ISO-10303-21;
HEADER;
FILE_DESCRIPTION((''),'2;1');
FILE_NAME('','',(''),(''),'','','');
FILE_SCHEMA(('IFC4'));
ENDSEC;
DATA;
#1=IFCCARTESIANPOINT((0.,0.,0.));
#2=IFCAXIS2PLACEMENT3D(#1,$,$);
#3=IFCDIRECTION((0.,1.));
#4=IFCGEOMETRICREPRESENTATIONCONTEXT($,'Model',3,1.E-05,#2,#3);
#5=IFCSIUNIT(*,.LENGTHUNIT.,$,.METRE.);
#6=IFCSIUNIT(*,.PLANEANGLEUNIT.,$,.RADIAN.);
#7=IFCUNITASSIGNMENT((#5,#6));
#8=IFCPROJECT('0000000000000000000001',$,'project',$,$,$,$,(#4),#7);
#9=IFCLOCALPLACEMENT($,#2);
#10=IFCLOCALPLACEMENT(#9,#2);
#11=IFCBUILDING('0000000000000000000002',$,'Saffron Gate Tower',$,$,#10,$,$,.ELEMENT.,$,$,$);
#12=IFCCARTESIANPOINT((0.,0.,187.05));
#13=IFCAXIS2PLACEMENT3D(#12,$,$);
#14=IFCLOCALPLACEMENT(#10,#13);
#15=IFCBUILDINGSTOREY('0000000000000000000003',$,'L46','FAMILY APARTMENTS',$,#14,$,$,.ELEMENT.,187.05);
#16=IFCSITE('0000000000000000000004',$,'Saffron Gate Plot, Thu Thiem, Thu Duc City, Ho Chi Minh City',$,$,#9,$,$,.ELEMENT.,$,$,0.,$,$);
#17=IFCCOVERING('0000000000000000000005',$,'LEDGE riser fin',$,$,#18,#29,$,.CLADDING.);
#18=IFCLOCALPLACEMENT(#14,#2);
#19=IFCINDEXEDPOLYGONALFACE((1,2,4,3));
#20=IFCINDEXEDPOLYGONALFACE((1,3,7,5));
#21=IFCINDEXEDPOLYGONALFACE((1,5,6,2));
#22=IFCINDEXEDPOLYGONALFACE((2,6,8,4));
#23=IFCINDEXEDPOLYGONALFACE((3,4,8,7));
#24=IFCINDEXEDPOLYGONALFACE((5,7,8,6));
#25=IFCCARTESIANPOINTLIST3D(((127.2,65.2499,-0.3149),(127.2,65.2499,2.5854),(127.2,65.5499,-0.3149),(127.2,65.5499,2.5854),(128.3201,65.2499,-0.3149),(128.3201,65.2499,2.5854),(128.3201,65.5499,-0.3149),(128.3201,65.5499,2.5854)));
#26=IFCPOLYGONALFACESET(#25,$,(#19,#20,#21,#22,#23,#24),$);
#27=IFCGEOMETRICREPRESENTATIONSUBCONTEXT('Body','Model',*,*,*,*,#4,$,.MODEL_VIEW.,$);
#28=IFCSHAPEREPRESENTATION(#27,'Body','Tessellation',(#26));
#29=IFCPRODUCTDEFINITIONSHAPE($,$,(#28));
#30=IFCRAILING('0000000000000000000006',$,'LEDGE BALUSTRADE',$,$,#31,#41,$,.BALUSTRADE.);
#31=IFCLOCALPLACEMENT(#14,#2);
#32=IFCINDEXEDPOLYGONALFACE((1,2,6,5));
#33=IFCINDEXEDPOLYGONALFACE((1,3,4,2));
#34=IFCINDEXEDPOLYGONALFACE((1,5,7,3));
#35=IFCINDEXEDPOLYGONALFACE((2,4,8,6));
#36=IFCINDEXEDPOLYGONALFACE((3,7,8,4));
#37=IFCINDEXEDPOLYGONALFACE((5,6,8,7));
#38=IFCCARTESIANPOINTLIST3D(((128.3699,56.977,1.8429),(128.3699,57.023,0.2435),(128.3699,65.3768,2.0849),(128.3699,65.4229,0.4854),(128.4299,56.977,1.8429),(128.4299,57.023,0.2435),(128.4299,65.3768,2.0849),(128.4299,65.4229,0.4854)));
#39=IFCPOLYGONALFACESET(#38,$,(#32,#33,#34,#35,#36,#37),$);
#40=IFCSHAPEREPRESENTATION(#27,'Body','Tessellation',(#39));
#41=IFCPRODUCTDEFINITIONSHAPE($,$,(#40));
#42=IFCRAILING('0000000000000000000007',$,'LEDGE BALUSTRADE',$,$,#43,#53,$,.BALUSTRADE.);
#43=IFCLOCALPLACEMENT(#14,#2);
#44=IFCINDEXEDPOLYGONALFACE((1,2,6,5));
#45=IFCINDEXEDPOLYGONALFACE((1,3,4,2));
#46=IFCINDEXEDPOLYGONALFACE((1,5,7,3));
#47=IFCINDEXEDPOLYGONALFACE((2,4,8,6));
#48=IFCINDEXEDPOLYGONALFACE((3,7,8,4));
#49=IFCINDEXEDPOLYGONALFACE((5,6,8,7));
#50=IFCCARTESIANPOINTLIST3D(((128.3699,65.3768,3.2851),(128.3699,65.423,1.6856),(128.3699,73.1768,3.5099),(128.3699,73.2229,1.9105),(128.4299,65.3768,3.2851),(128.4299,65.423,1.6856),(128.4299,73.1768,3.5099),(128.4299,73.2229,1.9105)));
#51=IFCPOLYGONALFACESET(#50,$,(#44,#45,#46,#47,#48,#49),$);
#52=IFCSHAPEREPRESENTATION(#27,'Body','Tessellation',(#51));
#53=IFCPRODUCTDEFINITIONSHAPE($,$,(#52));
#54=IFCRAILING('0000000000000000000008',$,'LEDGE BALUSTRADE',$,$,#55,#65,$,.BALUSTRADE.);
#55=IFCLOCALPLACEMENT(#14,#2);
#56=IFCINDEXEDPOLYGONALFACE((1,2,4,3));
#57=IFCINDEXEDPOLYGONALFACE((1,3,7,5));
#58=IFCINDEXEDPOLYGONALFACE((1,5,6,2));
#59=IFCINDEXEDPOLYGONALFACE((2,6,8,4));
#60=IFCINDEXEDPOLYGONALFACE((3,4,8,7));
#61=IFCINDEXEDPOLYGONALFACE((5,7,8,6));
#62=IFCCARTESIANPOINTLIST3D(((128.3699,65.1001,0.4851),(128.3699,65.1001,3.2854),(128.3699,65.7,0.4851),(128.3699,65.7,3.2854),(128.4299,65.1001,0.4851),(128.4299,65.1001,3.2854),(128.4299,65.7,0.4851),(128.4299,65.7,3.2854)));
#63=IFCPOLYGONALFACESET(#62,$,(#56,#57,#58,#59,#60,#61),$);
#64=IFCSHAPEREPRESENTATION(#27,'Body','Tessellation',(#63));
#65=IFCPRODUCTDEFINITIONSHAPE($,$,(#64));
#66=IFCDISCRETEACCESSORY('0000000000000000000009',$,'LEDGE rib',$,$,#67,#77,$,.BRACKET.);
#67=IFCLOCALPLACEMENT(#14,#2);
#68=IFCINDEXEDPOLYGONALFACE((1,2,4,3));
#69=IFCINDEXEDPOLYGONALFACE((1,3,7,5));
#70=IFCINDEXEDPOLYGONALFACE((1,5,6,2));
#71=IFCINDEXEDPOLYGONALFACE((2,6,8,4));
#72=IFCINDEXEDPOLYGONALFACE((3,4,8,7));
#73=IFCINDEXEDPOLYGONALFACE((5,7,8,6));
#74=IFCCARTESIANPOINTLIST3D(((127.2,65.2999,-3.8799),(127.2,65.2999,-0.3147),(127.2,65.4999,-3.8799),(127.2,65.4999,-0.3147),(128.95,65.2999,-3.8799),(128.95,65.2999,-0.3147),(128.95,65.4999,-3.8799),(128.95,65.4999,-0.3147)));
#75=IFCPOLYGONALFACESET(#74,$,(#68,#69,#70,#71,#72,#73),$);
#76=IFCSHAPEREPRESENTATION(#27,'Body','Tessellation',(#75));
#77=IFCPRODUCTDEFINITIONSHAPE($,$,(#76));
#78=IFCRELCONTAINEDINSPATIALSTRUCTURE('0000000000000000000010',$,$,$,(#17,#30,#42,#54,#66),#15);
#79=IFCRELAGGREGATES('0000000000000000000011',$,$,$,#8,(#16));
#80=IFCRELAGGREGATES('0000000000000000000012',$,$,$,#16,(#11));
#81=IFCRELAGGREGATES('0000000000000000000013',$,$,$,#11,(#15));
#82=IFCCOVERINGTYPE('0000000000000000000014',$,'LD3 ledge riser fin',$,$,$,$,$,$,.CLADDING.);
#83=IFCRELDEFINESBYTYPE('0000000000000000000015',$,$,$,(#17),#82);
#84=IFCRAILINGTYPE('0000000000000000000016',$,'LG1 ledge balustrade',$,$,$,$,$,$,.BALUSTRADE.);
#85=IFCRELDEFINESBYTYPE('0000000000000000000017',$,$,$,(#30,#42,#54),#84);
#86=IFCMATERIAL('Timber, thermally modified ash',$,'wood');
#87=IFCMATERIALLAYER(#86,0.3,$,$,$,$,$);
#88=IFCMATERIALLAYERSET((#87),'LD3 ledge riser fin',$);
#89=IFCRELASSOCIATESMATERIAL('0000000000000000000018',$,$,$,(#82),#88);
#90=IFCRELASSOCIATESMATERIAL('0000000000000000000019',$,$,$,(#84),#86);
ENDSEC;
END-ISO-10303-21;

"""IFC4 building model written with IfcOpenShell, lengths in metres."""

from ifc_helpers import new_model, si_unit, direction, frame, origin, origin_2d, place, context, subcontext, project, spatial, rectangle, extrude, material, layer, layer_set, type_object, element, save


model = new_model("IFC4")

# Units and contexts
model_context = context("Model", 3, precision=1e-05, world=origin(), true_north=direction((0.0, 1.0)))
body_context = subcontext(model_context, "Body", "Model", "MODEL_VIEW")
ifc_project = project(units=[si_unit("LENGTHUNIT", "METRE"), si_unit("PLANEANGLEUNIT", "RADIAN")], contexts=[model_context])

# Site, building, storey
site_placement = place(None, origin())
site = spatial("IfcSite", under=ifc_project, at=site_placement, Name="Saffron Gate Plot, Thu Thiem, Thu Duc City, Ho Chi Minh City", CompositionType="ELEMENT", RefElevation=0.0)
building_placement = place(site_placement, origin())
building = spatial("IfcBuilding", under=site, at=building_placement, Name="Saffron Gate Tower", CompositionType="ELEMENT")
storey_placement = place(building_placement, frame((0.0, 0.0, 187.05)))
storey = spatial("IfcBuildingStorey", under=building, at=storey_placement, Name="L46", Description="FAMILY APARTMENTS", CompositionType="ELEMENT", Elevation=187.05)

# Covering
ifc_material_1 = material(Name="Timber, thermally modified ash", Category="wood")
ifc_layer_1 = layer(ifc_material_1, 0.3)
ifc_layer_set_1 = layer_set([ifc_layer_1], Name="LD3 ledge riser fin")
covering_type_1 = type_object("IfcCoveringType", Name="LD3 ledge riser fin", PredefinedType="CLADDING", material=ifc_layer_set_1)
covering_1_placement = place(storey_placement, frame((127.76, 65.3999, -0.3149), z_axis=(0.0, 0.0, 1.0), x_axis=(0.0, 1.0, 0.0)))
element("IfcCovering", 1, at=covering_1_placement, inside=storey, type_object=covering_type_1, Name="LEDGE riser fin", PredefinedType="CLADDING", context=body_context, shape_type="SweptSolid", body=[
    extrude(rectangle(XDim=0.3, YDim=1.1201, at=origin_2d()), origin(), (0.0, 0.0, 1.0), 2.9004),
])

# Railings
railing_type = type_object("IfcRailingType", Name="LG1 ledge balustrade", PredefinedType="BALUSTRADE", material=ifc_material_1)
railing_1_placement = place(storey_placement, frame((128.3999, 57.0, 0.2432)))
element("IfcRailing", 2, at=railing_1_placement, inside=storey, type_object=railing_type, Name="LEDGE BALUSTRADE", PredefinedType="BALUSTRADE", context=body_context, shape_type="SweptSolid", body=[
    extrude(rectangle(XDim=0.0601, YDim=1.6001, at=origin_2d()), frame((0.0, 0.0, 0.8), z_axis=(0.0, 0.999585, 0.028791), x_axis=(-1.0, 0.0, 0.0)), (0.0, 0.0, 1.0), 8.4033),
])
railing_2_placement = place(storey_placement, frame((128.3999, 65.3999, 1.6853)))
element("IfcRailing", 3, at=railing_2_placement, inside=storey, type_object=railing_type, Name="LEDGE BALUSTRADE", PredefinedType="BALUSTRADE", context=body_context, shape_type="SweptSolid", body=[
    extrude(rectangle(XDim=0.0601, YDim=1.6001, at=origin_2d()), frame((0.0, 0.0, 0.8), z_axis=(0.0, 0.999585, 0.028815), x_axis=(-1.0, 0.0, 0.0)), (0.0, 0.0, 1.0), 7.8032),
])
railing_3_placement = place(storey_placement, frame((128.3999, 65.1001, 0.4851)))
element("IfcRailing", 4, at=railing_3_placement, inside=storey, type_object=railing_type, Name="LEDGE BALUSTRADE", PredefinedType="BALUSTRADE", context=body_context, shape_type="SweptSolid", body=[
    extrude(rectangle(XDim=0.0601, YDim=2.8003, at=origin_2d()), frame((0.0, 0.0, 1.4001), z_axis=(0.0, 1.0, 0.0), x_axis=(-1.0, 0.0, 0.0)), (0.0, 0.0, 1.0), 0.5999),
])

# Discrete accessory
discrete_accessory_placement = place(storey_placement, frame((128.075, 65.3999, -3.8799), z_axis=(0.0, 0.0, 1.0), x_axis=(0.0, 1.0, 0.0)))
element("IfcDiscreteAccessory", 5, at=discrete_accessory_placement, inside=storey, Name="LEDGE rib", PredefinedType="BRACKET", context=body_context, shape_type="SweptSolid", body=[
    extrude(rectangle(XDim=0.2, YDim=1.75, at=origin_2d()), origin(), (0.0, 0.0, 1.0), 3.5652),
])

save(model, "model.ifc")
